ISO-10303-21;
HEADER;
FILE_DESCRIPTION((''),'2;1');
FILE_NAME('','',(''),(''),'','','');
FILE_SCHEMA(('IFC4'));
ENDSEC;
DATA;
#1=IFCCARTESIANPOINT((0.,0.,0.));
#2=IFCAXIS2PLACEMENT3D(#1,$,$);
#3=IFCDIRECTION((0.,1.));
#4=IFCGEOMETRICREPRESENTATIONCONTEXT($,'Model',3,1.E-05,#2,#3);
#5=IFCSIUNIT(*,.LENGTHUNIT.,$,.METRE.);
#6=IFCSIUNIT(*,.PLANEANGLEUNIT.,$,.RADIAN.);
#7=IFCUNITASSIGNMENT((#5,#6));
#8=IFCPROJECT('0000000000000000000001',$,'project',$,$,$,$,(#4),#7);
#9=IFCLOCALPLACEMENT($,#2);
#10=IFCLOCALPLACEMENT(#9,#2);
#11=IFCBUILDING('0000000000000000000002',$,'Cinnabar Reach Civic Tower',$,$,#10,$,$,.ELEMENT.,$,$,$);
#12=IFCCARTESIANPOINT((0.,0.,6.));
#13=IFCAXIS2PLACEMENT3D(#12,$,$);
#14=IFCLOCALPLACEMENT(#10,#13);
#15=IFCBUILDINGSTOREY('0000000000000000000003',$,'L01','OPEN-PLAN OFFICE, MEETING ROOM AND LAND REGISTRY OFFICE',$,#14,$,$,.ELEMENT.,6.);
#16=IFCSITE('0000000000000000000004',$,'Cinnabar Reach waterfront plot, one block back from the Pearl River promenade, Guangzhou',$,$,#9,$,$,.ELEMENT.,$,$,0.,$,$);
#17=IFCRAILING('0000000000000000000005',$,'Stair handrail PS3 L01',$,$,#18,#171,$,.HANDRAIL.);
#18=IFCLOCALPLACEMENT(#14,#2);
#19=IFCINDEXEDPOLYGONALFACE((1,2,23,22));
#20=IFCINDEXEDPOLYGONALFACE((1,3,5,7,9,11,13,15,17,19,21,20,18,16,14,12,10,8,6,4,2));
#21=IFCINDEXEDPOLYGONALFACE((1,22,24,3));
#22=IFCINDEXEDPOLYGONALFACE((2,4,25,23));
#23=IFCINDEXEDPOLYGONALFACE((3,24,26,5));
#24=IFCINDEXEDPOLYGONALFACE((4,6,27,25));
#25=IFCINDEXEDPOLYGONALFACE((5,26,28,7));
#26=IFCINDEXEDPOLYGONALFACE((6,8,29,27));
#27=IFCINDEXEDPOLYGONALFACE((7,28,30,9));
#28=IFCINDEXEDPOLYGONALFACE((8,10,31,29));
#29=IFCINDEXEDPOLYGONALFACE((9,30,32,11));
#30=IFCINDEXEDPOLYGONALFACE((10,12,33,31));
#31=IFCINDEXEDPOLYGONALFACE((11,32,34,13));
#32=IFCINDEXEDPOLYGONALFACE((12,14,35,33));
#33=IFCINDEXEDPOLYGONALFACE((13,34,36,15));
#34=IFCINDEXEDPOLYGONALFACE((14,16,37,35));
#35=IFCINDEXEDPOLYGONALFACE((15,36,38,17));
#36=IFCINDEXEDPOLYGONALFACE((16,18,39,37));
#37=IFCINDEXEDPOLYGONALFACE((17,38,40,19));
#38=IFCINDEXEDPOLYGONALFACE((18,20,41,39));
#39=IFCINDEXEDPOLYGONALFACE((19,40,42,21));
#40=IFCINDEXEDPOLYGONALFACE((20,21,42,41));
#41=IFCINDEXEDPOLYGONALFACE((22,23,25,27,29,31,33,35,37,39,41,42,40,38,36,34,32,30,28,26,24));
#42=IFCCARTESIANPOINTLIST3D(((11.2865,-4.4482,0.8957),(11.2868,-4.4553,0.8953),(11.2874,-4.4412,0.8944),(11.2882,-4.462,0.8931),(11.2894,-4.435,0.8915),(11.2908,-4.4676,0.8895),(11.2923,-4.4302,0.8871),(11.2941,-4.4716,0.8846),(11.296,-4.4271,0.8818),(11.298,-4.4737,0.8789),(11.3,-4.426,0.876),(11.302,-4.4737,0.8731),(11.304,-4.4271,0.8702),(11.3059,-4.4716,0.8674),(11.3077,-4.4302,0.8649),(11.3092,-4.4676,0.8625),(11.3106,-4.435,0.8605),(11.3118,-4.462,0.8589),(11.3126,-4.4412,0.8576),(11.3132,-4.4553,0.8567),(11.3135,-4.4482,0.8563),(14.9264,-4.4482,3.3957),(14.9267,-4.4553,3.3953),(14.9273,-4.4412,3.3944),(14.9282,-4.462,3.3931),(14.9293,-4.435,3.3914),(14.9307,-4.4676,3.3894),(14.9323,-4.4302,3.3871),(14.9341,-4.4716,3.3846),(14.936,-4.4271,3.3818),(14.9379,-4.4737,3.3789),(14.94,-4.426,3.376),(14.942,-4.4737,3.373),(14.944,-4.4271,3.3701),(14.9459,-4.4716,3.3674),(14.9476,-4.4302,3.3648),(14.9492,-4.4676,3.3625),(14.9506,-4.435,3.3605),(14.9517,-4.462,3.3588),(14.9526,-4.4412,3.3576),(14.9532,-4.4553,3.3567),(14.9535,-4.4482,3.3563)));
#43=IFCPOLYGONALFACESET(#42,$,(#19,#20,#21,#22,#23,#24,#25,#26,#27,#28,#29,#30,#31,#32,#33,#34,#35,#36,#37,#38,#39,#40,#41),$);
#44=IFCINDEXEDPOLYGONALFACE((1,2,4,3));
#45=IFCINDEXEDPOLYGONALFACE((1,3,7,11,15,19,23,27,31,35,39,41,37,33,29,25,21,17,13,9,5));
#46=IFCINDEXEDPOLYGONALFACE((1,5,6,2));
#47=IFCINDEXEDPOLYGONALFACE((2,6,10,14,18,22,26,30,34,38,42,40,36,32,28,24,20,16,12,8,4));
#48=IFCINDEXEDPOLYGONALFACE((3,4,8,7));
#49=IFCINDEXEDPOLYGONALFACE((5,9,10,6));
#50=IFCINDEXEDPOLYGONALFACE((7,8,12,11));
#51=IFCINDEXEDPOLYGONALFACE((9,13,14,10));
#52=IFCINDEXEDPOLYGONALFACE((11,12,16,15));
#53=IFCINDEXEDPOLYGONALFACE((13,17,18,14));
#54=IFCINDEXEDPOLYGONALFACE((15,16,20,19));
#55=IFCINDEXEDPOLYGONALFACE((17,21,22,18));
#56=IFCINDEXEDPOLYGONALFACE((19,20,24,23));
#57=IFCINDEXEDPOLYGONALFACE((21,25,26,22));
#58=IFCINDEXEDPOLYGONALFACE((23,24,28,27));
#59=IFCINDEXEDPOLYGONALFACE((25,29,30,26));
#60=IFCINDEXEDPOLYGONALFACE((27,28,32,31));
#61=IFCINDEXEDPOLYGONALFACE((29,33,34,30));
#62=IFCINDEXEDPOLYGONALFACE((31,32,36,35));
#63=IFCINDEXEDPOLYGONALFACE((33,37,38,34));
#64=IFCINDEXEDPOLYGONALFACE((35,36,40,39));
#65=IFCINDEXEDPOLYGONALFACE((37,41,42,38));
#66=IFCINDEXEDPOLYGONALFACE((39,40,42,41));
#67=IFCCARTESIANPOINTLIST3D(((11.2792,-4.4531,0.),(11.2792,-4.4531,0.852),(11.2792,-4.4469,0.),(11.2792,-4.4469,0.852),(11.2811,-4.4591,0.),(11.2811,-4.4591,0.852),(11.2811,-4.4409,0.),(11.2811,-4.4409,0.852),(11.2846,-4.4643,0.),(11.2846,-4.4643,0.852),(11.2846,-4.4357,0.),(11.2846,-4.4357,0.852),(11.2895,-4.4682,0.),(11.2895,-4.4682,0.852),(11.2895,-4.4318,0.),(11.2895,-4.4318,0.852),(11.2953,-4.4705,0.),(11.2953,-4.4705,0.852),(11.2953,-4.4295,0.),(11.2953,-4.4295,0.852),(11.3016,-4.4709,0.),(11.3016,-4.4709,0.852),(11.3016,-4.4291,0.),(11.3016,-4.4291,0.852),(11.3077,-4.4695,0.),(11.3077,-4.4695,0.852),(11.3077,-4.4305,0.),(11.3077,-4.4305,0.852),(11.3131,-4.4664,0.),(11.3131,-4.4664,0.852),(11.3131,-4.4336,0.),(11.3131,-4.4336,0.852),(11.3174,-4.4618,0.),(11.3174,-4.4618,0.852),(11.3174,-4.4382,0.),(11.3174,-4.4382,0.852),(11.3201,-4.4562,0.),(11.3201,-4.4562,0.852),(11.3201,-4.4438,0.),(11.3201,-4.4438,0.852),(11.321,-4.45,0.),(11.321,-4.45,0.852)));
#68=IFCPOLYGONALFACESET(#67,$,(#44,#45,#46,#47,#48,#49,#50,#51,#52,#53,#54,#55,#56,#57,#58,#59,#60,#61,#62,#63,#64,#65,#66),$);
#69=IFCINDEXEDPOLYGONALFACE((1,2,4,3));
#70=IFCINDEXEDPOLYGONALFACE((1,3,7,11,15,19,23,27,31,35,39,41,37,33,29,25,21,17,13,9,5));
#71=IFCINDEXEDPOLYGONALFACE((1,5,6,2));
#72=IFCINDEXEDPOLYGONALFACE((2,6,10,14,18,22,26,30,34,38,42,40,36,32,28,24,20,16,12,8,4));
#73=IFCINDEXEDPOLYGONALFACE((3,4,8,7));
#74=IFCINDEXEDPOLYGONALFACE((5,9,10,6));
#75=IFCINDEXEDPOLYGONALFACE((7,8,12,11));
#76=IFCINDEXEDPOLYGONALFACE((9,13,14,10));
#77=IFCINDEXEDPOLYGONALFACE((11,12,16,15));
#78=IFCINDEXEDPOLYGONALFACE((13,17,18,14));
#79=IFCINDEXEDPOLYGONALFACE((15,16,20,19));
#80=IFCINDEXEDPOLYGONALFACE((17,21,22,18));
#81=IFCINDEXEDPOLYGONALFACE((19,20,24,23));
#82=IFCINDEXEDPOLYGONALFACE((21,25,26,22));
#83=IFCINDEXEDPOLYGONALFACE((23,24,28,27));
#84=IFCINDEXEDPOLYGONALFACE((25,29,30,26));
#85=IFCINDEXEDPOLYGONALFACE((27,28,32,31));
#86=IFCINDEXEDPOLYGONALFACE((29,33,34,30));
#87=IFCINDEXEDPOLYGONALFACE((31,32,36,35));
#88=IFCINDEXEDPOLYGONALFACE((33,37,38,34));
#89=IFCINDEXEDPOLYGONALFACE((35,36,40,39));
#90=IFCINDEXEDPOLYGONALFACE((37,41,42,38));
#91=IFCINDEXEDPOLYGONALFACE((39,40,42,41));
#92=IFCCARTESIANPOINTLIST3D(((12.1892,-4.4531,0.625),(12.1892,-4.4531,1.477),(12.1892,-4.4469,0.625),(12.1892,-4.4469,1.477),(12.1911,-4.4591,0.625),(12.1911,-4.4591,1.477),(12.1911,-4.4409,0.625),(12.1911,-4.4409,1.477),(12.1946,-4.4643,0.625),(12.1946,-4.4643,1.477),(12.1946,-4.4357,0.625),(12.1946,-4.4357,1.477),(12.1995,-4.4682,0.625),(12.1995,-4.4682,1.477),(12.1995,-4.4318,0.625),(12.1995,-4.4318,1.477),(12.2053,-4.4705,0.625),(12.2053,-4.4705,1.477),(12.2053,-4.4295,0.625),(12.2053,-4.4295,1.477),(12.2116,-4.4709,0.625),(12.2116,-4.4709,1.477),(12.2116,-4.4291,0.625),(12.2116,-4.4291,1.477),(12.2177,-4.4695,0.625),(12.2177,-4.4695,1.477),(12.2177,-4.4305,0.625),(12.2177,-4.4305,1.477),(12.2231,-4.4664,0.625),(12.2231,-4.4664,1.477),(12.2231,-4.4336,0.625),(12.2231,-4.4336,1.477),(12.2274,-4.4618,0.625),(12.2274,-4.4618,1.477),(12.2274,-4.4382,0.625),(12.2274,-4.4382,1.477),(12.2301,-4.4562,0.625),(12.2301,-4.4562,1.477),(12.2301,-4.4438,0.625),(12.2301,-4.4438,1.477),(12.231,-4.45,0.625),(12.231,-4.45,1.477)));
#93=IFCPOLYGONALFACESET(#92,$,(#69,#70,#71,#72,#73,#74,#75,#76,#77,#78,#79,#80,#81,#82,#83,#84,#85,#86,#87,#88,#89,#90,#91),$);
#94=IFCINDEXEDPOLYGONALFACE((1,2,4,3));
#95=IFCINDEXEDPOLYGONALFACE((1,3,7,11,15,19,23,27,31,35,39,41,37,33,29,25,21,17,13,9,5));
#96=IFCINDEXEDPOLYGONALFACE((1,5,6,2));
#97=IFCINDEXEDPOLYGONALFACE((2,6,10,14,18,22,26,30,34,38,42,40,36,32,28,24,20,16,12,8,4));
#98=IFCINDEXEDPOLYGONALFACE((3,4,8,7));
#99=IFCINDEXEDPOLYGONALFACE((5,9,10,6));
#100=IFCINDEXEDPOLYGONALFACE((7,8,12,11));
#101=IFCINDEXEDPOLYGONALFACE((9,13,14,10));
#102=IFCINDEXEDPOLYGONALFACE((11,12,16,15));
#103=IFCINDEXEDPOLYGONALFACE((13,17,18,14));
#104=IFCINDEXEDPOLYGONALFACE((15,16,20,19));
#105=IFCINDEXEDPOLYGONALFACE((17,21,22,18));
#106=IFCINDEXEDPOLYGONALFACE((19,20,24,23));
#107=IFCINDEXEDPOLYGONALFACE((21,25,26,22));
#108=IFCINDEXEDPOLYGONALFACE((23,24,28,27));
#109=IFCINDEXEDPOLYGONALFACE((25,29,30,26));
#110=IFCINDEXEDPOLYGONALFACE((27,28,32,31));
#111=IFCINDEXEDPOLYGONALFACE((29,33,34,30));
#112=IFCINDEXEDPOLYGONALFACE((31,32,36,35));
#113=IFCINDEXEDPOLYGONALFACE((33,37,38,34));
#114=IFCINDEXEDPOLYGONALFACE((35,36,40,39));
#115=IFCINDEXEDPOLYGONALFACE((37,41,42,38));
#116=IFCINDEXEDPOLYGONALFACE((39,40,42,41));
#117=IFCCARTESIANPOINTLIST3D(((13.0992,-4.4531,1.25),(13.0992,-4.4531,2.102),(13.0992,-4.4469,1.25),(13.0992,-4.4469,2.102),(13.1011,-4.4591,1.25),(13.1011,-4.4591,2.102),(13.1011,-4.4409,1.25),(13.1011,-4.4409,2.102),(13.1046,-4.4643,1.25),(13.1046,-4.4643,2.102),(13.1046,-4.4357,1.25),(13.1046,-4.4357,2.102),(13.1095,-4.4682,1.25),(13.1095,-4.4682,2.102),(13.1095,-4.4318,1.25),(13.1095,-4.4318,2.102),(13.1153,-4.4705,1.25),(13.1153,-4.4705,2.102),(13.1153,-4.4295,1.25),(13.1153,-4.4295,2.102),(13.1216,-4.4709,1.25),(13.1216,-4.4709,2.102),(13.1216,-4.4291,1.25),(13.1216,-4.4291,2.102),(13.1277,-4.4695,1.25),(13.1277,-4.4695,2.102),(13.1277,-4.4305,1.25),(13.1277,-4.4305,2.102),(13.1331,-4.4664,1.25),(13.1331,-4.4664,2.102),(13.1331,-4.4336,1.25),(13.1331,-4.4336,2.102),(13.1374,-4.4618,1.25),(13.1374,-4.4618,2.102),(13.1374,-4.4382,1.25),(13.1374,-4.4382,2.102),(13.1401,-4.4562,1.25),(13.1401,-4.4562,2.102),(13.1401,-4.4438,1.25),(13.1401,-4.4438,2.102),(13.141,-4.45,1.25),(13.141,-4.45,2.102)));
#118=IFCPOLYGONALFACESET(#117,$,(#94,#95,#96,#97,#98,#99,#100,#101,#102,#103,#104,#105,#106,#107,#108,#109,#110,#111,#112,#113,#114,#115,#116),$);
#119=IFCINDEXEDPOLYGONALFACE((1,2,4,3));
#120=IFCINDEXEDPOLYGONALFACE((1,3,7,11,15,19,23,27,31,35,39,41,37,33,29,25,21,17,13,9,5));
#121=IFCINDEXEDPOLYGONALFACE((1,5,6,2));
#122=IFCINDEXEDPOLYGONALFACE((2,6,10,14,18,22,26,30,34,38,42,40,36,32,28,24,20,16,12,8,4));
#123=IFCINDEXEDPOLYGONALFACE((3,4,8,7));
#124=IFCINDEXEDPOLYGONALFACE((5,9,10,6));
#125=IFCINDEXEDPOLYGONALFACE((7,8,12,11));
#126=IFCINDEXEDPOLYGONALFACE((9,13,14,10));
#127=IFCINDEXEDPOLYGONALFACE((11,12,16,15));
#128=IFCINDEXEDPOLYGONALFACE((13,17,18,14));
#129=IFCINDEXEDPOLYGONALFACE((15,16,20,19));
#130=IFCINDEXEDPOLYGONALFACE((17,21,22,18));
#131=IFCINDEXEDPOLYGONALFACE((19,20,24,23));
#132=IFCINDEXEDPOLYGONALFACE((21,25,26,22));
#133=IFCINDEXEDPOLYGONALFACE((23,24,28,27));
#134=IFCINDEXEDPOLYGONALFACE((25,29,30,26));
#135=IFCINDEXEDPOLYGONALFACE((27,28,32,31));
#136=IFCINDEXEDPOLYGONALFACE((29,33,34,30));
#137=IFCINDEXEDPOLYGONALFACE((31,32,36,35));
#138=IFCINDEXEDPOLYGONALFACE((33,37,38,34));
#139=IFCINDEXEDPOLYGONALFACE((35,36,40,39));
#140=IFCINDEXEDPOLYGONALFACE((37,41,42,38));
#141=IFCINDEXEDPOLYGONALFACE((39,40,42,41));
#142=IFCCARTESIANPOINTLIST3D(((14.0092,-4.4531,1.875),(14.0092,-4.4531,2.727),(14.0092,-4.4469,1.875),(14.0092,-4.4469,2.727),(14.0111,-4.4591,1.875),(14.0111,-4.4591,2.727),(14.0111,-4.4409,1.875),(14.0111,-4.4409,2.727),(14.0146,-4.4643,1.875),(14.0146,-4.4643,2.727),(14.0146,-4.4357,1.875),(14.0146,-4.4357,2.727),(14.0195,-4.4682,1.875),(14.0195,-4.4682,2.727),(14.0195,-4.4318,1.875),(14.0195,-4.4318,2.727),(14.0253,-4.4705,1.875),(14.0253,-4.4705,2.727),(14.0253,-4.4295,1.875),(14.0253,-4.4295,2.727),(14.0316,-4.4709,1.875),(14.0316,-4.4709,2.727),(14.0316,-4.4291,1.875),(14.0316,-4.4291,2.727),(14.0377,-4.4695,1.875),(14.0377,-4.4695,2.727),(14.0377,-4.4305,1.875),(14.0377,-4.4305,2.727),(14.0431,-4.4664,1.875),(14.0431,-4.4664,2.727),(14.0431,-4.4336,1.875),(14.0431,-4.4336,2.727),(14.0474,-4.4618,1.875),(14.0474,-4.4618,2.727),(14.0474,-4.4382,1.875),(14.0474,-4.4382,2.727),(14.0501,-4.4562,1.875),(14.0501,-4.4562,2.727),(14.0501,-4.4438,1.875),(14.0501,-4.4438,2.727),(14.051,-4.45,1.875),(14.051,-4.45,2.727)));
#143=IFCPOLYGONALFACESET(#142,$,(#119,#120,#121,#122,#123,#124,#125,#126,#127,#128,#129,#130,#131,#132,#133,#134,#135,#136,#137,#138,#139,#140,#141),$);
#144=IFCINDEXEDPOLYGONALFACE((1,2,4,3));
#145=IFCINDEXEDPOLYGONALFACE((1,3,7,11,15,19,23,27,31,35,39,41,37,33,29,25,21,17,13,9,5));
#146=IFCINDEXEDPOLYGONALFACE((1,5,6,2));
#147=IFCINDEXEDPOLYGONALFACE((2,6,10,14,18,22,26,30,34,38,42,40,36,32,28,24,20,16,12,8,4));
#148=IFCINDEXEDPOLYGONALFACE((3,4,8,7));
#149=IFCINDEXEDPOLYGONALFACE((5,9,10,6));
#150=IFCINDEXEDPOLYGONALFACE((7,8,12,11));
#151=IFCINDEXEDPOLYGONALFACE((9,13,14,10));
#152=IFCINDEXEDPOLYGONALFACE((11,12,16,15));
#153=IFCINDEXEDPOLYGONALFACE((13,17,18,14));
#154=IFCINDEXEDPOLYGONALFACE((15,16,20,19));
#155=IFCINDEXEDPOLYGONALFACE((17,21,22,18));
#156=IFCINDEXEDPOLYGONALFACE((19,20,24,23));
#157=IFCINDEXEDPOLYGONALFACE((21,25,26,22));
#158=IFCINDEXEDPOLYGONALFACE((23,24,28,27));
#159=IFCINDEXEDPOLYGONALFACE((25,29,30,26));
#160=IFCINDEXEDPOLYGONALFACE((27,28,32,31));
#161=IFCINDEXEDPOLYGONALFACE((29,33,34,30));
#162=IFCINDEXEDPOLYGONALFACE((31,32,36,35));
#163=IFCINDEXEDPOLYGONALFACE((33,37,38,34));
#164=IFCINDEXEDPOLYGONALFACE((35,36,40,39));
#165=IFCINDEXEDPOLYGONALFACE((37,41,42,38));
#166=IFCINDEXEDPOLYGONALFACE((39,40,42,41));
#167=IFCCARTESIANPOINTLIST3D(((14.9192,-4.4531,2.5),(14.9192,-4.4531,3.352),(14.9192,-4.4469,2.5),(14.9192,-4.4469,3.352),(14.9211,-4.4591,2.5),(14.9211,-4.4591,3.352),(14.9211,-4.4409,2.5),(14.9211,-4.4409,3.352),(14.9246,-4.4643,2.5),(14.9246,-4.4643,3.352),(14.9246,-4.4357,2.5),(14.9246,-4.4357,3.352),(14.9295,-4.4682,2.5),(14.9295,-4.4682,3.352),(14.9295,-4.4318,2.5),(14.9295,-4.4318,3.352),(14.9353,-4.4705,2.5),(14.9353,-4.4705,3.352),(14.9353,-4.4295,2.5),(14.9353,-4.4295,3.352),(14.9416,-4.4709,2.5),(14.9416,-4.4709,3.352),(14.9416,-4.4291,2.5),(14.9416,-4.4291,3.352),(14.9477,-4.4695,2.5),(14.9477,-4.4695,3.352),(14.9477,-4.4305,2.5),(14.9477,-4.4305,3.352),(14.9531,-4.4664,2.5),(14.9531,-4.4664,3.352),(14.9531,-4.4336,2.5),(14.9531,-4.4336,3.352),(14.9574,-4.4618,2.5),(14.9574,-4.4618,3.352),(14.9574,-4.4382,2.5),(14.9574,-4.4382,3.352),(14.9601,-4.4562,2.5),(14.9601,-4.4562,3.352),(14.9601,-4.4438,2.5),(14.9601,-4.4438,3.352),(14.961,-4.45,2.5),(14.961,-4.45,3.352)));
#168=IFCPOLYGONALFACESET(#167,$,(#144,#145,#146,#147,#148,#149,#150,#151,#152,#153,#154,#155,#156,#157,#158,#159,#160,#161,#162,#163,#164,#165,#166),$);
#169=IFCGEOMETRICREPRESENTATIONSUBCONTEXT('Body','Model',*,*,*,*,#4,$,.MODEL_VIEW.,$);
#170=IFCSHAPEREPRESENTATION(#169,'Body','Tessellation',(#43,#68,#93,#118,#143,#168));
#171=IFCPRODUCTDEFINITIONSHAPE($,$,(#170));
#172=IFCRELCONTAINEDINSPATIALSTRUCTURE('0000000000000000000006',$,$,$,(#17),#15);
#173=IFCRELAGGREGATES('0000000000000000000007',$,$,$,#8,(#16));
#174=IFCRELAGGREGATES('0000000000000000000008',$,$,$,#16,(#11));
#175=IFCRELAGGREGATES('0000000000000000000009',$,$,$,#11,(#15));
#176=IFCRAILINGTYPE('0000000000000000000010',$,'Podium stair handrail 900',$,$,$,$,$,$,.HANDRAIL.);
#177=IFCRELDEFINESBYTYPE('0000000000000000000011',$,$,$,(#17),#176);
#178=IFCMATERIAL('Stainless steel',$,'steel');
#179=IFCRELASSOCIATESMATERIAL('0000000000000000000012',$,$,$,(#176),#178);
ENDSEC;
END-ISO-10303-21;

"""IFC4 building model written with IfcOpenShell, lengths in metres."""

from ifc_helpers import new_model, si_unit, direction, frame, origin, origin_2d, place, context, subcontext, project, spatial, circle, extrude, material, type_object, element, save


model = new_model("IFC4")

# Units and contexts
model_context = context("Model", 3, precision=1e-05, world=origin(), true_north=direction((0.0, 1.0)))
body_context = subcontext(model_context, "Body", "Model", "MODEL_VIEW")
ifc_project = project(units=[si_unit("LENGTHUNIT", "METRE"), si_unit("PLANEANGLEUNIT", "RADIAN")], contexts=[model_context])

# Site, building, storey
site_placement = place(None, origin())
site = spatial("IfcSite", under=ifc_project, at=site_placement, Name="Cinnabar Reach waterfront plot, one block back from the Pearl River promenade, Guangzhou", CompositionType="ELEMENT", RefElevation=0.0)
building_placement = place(site_placement, origin())
building = spatial("IfcBuilding", under=site, at=building_placement, Name="Cinnabar Reach Civic Tower", CompositionType="ELEMENT")
storey_placement = place(building_placement, frame((0.0, 0.0, 6.0)))
storey = spatial("IfcBuildingStorey", under=building, at=storey_placement, Name="L01", Description="OPEN-PLAN OFFICE, MEETING ROOM AND LAND REGISTRY OFFICE", CompositionType="ELEMENT", Elevation=6.0)

# Railing
ifc_material_1 = material(Name="Stainless steel", Category="steel")
railing_type_1 = type_object("IfcRailingType", Name="Podium stair handrail 900", PredefinedType="HANDRAIL", material=ifc_material_1)
railing_1_placement = place(storey_placement, frame((11.3, -4.45, 0.0)))
element("IfcRailing", 1, at=railing_1_placement, inside=storey, type_object=railing_type_1, Name="Stair handrail PS3 L01", PredefinedType="HANDRAIL", context=body_context, shape_type="SweptSolid", body=[
    extrude(circle(Radius=0.024, at=origin_2d()), frame((0.0, 0.0, 0.876), z_axis=(0.824306, 0.0, 0.566144), x_axis=(0.0, 1.0, 0.0)), (0.0, 0.0, 1.0), 4.4158),
    extrude(circle(Radius=0.021, at=origin_2d()), origin(), (0.0, 0.0, 1.0), 0.852),
    extrude(circle(Radius=0.021, at=origin_2d()), frame((0.91, 0.0, 0.625)), (0.0, 0.0, 1.0), 0.852),
    extrude(circle(Radius=0.021, at=origin_2d()), frame((1.82, 0.0, 1.25)), (0.0, 0.0, 1.0), 0.852),
    extrude(circle(Radius=0.021, at=origin_2d()), frame((2.73, 0.0, 1.875)), (0.0, 0.0, 1.0), 0.852),
    extrude(circle(Radius=0.021, at=origin_2d()), frame((3.64, 0.0, 2.5)), (0.0, 0.0, 1.0), 0.852),
])

save(model, "model.ifc")
